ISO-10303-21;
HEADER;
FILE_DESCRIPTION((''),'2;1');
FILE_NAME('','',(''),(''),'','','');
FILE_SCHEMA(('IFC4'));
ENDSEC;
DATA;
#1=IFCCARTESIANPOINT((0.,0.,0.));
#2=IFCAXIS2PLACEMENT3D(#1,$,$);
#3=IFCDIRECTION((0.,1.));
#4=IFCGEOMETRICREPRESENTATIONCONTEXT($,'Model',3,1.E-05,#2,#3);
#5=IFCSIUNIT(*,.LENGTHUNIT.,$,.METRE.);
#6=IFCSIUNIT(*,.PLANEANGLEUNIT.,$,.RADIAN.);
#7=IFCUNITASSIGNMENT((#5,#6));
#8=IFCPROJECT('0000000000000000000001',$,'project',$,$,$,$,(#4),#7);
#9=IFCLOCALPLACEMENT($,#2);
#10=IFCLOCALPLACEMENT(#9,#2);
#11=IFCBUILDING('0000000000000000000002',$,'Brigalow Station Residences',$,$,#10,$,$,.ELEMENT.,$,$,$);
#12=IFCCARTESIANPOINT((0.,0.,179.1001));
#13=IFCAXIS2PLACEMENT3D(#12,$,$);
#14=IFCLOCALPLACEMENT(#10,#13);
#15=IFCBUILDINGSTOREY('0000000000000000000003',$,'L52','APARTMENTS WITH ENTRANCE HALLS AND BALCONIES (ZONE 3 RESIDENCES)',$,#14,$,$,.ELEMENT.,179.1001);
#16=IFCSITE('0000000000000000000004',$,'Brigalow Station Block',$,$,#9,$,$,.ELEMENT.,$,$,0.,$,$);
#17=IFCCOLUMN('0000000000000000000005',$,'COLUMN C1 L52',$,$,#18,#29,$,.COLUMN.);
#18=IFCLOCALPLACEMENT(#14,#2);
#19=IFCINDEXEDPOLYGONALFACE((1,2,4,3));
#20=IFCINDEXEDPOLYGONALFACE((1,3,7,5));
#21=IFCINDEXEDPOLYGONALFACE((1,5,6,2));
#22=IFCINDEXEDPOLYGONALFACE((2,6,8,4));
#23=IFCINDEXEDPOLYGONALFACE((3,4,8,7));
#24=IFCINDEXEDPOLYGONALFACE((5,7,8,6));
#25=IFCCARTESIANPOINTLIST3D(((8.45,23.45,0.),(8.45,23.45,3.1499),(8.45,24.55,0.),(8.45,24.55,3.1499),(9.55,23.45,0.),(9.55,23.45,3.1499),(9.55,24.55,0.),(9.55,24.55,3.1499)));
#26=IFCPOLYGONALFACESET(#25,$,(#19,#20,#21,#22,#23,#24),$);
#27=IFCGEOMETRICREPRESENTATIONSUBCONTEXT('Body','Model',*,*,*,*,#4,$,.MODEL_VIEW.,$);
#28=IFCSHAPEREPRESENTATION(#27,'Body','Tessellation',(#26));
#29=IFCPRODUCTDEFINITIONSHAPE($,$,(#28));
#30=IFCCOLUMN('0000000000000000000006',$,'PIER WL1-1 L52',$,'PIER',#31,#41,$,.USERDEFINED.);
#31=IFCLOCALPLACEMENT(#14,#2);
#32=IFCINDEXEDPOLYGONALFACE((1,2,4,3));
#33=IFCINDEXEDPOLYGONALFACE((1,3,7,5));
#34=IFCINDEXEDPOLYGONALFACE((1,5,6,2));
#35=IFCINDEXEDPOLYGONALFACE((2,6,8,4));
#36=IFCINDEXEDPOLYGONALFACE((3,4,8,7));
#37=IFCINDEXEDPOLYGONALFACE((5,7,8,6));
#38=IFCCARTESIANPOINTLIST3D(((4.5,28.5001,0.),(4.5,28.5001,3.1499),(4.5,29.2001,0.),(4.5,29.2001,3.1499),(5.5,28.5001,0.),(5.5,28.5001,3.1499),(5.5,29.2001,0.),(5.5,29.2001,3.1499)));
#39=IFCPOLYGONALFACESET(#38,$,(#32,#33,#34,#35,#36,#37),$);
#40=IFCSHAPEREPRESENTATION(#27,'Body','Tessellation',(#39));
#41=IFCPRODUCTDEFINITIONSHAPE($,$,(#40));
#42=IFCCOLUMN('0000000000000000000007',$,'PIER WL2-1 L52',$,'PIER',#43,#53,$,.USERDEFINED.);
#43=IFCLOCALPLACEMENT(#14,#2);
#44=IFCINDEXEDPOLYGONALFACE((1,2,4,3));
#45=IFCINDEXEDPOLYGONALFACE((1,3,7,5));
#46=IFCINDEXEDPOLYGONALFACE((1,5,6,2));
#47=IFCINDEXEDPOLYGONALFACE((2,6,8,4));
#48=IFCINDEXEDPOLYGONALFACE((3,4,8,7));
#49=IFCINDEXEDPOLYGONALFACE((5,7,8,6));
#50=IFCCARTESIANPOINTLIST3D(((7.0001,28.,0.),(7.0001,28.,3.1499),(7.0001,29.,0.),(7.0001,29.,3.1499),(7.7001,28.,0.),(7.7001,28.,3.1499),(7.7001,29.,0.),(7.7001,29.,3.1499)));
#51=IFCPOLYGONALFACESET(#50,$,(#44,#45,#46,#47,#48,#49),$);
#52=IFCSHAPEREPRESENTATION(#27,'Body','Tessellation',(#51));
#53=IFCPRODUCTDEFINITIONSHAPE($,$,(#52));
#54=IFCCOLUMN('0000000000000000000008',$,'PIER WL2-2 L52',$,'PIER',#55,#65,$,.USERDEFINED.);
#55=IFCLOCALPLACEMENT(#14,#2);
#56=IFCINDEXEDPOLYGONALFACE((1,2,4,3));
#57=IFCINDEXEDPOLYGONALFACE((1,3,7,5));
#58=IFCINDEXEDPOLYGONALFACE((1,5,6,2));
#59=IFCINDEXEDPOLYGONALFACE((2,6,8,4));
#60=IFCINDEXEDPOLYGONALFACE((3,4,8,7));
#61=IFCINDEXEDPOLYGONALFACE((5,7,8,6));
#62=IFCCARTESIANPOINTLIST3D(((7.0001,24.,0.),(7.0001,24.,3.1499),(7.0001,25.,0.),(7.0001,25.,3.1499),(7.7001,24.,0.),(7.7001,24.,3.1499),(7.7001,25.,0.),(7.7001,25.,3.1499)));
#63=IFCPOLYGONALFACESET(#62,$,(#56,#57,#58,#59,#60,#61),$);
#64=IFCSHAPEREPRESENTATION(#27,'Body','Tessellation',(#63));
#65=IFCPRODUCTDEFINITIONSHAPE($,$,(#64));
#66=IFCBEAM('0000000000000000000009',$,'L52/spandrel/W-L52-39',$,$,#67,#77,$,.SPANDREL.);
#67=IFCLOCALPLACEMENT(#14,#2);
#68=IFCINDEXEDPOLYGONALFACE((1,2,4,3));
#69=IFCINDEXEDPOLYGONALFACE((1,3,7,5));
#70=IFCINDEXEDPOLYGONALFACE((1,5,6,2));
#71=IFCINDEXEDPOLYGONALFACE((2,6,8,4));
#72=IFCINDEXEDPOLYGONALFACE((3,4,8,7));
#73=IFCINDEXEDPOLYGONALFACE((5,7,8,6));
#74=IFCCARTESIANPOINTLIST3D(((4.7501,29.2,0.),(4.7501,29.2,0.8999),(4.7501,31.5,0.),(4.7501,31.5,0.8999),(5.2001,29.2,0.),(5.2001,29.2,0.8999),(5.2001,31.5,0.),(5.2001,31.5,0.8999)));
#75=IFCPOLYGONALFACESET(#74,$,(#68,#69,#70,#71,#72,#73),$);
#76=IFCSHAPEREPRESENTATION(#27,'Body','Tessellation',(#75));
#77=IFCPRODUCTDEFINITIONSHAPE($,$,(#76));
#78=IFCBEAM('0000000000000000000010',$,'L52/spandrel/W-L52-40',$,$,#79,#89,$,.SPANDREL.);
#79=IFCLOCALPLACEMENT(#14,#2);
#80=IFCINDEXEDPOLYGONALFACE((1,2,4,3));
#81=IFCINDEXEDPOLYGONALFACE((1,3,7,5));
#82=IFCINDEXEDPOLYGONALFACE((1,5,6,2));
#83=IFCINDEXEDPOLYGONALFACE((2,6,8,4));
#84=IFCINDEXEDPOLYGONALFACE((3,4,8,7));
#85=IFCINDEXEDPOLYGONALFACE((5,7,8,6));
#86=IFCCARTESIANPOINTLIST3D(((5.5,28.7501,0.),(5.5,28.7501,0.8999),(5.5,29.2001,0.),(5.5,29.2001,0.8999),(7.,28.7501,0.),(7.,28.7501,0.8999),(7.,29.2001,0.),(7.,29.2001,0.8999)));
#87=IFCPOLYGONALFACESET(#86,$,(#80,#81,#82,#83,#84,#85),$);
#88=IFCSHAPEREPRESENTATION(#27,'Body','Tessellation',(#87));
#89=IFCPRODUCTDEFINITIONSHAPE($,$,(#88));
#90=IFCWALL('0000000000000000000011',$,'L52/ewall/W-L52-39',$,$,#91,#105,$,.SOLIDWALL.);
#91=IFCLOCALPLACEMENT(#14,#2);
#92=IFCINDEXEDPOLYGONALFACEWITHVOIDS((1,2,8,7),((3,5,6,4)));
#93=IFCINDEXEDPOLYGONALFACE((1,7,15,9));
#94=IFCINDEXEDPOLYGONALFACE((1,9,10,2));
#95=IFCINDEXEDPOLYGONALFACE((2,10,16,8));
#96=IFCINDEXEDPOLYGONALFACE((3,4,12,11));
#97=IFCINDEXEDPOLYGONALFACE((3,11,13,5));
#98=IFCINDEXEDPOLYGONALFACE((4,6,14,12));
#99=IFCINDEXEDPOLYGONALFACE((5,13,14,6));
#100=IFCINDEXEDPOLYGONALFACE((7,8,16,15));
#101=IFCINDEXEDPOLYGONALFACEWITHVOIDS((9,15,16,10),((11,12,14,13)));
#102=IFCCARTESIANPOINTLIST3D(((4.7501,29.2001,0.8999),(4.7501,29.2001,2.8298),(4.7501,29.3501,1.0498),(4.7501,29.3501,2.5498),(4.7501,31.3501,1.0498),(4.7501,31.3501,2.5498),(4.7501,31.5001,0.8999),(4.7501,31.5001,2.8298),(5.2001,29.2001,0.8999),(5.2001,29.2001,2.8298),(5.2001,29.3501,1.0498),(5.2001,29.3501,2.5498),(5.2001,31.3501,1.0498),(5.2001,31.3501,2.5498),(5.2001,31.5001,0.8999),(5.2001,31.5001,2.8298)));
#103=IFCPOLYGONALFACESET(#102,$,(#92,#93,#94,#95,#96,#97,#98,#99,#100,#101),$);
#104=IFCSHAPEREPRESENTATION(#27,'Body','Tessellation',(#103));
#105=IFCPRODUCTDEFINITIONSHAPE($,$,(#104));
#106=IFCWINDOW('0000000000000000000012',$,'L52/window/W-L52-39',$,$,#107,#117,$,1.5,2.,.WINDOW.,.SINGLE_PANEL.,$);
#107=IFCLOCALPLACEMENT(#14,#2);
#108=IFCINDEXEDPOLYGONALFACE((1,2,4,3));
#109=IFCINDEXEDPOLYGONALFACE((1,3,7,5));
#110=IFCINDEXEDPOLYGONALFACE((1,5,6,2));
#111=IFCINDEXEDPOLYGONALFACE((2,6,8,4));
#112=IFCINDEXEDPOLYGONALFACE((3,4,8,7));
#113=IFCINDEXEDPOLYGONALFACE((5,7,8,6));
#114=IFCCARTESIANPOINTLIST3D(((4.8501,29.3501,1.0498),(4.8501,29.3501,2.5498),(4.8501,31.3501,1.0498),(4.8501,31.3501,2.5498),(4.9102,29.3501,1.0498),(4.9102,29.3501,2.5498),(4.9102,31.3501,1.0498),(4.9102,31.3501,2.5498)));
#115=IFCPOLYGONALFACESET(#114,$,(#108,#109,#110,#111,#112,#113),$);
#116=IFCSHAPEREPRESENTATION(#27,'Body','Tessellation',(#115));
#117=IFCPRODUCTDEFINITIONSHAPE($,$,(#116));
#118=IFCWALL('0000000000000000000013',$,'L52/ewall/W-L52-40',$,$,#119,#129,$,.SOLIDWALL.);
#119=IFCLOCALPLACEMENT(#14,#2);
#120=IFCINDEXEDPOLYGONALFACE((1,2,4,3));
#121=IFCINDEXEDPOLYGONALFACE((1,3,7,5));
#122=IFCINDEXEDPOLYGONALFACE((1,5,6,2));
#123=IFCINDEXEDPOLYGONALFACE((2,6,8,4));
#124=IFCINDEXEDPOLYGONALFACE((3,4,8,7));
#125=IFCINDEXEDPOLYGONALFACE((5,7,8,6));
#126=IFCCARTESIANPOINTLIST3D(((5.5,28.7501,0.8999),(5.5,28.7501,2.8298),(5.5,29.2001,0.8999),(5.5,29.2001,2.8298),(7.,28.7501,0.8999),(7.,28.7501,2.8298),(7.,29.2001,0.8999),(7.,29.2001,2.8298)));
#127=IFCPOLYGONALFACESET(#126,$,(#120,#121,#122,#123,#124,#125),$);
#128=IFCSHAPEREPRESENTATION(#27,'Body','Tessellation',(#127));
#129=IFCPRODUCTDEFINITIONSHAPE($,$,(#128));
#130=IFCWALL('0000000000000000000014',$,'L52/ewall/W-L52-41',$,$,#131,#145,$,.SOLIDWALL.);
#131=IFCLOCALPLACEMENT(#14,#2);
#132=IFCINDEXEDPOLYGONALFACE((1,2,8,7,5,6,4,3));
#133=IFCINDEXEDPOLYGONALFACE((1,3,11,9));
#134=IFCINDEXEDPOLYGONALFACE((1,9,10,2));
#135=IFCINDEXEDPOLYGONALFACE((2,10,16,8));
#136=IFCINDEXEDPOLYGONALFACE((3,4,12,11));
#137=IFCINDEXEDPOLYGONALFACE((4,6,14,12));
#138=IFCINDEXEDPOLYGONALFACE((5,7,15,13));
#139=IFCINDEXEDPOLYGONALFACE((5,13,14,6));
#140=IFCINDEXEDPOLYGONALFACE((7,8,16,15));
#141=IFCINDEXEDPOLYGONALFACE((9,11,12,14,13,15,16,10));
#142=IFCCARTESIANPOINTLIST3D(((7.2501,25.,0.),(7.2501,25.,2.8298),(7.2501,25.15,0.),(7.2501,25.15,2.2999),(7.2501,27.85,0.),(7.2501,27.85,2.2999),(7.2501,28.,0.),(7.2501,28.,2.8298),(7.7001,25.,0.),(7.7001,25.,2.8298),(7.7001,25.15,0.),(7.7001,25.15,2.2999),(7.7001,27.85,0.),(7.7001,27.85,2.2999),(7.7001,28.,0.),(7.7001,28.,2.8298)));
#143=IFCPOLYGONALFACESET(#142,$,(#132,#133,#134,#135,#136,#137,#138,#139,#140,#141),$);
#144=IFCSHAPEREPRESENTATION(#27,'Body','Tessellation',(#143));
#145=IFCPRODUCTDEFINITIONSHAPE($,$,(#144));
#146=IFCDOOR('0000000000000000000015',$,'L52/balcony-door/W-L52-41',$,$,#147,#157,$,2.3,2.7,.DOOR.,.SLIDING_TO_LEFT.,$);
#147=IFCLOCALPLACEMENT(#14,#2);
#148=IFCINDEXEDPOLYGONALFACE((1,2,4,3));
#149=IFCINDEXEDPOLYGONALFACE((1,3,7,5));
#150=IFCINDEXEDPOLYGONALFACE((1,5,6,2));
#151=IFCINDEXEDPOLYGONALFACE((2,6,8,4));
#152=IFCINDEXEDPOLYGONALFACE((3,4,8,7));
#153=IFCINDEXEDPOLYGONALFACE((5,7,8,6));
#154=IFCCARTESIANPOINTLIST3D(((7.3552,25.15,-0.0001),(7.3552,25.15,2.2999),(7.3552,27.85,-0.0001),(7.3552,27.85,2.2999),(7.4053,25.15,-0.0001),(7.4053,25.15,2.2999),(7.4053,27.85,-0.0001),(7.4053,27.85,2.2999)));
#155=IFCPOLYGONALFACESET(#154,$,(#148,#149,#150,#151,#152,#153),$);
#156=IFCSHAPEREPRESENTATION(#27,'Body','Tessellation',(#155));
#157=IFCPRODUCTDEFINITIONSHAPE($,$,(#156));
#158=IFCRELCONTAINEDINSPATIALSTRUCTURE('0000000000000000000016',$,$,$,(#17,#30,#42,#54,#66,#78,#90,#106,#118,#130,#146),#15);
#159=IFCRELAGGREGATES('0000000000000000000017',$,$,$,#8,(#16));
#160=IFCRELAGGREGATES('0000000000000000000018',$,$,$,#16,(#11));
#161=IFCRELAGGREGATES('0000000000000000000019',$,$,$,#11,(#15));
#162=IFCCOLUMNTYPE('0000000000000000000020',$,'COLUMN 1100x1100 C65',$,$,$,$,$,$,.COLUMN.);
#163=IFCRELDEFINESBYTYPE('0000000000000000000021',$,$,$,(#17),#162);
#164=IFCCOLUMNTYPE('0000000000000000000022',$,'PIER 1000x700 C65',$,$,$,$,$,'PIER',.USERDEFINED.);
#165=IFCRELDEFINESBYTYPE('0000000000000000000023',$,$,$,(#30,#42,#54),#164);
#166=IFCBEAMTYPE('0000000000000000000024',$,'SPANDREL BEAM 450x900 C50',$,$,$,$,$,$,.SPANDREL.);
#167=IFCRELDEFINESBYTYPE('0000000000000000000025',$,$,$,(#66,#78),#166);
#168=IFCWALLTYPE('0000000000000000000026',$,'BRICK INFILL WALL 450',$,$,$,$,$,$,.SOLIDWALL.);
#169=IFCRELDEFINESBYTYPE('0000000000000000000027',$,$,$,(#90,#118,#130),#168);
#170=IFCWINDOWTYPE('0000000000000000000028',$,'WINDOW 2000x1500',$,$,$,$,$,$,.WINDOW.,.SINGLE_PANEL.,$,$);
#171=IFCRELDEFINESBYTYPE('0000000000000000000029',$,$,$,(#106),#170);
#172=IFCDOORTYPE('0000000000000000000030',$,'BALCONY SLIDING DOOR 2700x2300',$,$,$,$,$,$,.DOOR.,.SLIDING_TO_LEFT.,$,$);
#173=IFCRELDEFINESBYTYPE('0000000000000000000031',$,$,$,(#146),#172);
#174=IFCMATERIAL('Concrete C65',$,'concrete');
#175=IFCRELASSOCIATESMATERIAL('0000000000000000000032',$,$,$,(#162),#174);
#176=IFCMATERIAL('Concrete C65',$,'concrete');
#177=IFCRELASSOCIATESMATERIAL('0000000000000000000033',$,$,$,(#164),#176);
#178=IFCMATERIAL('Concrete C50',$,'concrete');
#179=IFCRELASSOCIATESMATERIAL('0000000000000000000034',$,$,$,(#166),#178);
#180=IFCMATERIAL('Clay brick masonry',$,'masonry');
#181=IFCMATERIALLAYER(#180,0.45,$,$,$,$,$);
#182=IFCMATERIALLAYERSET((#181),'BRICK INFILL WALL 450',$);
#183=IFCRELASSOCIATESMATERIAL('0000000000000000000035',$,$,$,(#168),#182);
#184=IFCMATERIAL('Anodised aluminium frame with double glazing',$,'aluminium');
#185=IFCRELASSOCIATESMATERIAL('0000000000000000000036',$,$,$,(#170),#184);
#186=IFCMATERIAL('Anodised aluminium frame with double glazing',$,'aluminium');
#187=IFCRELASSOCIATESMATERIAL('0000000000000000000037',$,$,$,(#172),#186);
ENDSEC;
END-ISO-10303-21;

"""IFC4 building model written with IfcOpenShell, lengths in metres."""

from ifc_helpers import new_model, si_unit, direction, frame, frame_2d, origin, origin_2d, place, context, subcontext, project, spatial, rectangle, extrude, material, layer, layer_set, material_profile, profile_set, type_object, element, fill, save


model = new_model("IFC4")

# Units and contexts
model_context = context("Model", 3, precision=1e-05, world=origin(), true_north=direction((0.0, 1.0)))
body_context = subcontext(model_context, "Body", "Model", "MODEL_VIEW")
ifc_project = project(units=[si_unit("LENGTHUNIT", "METRE"), si_unit("PLANEANGLEUNIT", "RADIAN")], contexts=[model_context])

# Site, building, storey
site_placement = place(None, origin())
site = spatial("IfcSite", under=ifc_project, at=site_placement, Name="Brigalow Station Block", CompositionType="ELEMENT", RefElevation=0.0)
building_placement = place(site_placement, origin())
building = spatial("IfcBuilding", under=site, at=building_placement, Name="Brigalow Station Residences", CompositionType="ELEMENT")
storey_placement = place(building_placement, frame((0.0, 0.0, 179.1001)))
storey = spatial("IfcBuildingStorey", under=building, at=storey_placement, Name="L52", Description="APARTMENTS WITH ENTRANCE HALLS AND BALCONIES (ZONE 3 RESIDENCES)", CompositionType="ELEMENT", Elevation=179.1001)

# Columns
ifc_material_1 = material(Name="Concrete C65", Category="concrete")
ifc_material_profile_1 = material_profile(ifc_material_1, rectangle(XDim=1.1001, YDim=1.1001, at=origin_2d()), Name="RC1100x1100")
ifc_profile_set_1 = profile_set([ifc_material_profile_1], Name="Concrete C65")
column_type_1 = type_object("IfcColumnType", Name="COLUMN 1100x1100 C65", PredefinedType="COLUMN", material=ifc_profile_set_1)
column_placement = place(storey_placement, frame((9.0, 24.0, 0.0), z_axis=(0.0, 0.0, 1.0), x_axis=(1.0, 0.0, 0.0)))
element("IfcColumn", 1, at=column_placement, inside=storey, type_object=column_type_1, Name="COLUMN C1 L52", PredefinedType="COLUMN", context=body_context, shape_type="SweptSolid", body=[
    extrude(rectangle(XDim=1.1001, YDim=1.1001, at=origin_2d()), origin(), (0.0, 0.0, 1.0), 3.1499),
])
ifc_material_2 = material(Name="Concrete C65", Category="concrete")
ifc_material_profile_2 = material_profile(ifc_material_2, rectangle(XDim=1.0, YDim=0.7, at=origin_2d()), Name="RC1000x700")
ifc_profile_set_2 = profile_set([ifc_material_profile_2], Name="Concrete C65")
column_type_2 = type_object("IfcColumnType", Name="PIER 1000x700 C65", ElementType="PIER", PredefinedType="USERDEFINED", material=ifc_profile_set_2)
for number, where, z_axis, x_axis, name in (
    (2, (5.0, 28.8501, 0.0), (0.0, 0.0, 1.0), (1.0, 0.0, 0.0), "PIER WL1-1 L52"),
    (3, (7.3501, 28.5, 0.0), (0.0, 0.0, 1.0), (0.0, -1.0, 0.0), "PIER WL2-1 L52"),
    (4, (7.3501, 24.5, 0.0), (0.0, 0.0, 1.0), (0.0, -1.0, 0.0), "PIER WL2-2 L52"),
):
    element("IfcColumn", number, at=place(storey_placement, frame(where, z_axis=z_axis, x_axis=x_axis)), inside=storey, type_object=column_type_2, Name=name, ObjectType="PIER", PredefinedType="USERDEFINED", context=body_context, shape_type="SweptSolid", body=[
        extrude(rectangle(XDim=1.0, YDim=0.7, at=origin_2d()), origin(), (0.0, 0.0, 1.0), 3.1499),
    ])

# Beams
ifc_material_3 = material(Name="Concrete C50", Category="concrete")
ifc_material_profile_3 = material_profile(ifc_material_3, rectangle(XDim=0.45, YDim=0.8999, at=origin_2d()), Name="RC450x900")
ifc_profile_set_3 = profile_set([ifc_material_profile_3], Name="Concrete C50")
beam_type = type_object("IfcBeamType", Name="SPANDREL BEAM 450x900 C50", PredefinedType="SPANDREL", material=ifc_profile_set_3)
beam_1_placement = place(storey_placement, frame((4.9751, 31.5, 0.45), z_axis=(0.0, -1.0, 0.0), x_axis=(1.0, 0.0, 0.0)))
element("IfcBeam", 5, at=beam_1_placement, inside=storey, type_object=beam_type, Name="L52/spandrel/W-L52-39", PredefinedType="SPANDREL", context=body_context, shape_type="SweptSolid", body=[
    extrude(rectangle(XDim=0.45, YDim=0.8999, at=origin_2d()), origin(), (0.0, 0.0, 1.0), 2.3),
])
beam_2_placement = place(storey_placement, frame((5.5, 28.9751, 0.45), z_axis=(1.0, 0.0, 0.0), x_axis=(0.0, 1.0, 0.0)))
element("IfcBeam", 6, at=beam_2_placement, inside=storey, type_object=beam_type, Name="L52/spandrel/W-L52-40", PredefinedType="SPANDREL", context=body_context, shape_type="SweptSolid", body=[
    extrude(rectangle(XDim=0.45, YDim=0.8999, at=origin_2d()), origin(), (0.0, 0.0, 1.0), 1.5),
])

# Wall, opening, window
ifc_material_4 = material(Name="Clay brick masonry", Category="masonry")
ifc_layer_1 = layer(ifc_material_4, 0.45)
ifc_layer_set_1 = layer_set([ifc_layer_1], Name="BRICK INFILL WALL 450")
wall_type_1 = type_object("IfcWallType", Name="BRICK INFILL WALL 450", PredefinedType="SOLIDWALL", material=ifc_layer_set_1)
wall_1_placement = place(storey_placement, frame((4.9751, 31.5, 0.8999), z_axis=(0.0, 0.0, 1.0), x_axis=(0.0, -1.0, 0.0)))
wall_1 = element("IfcWall", 7, at=wall_1_placement, inside=storey, type_object=wall_type_1, Name="L52/ewall/W-L52-39", PredefinedType="SOLIDWALL", context=body_context, shape_type="SweptSolid", body=[
    extrude(rectangle(XDim=2.3, YDim=0.45, at=frame_2d((1.1499, 0.0))), origin(), (0.0, 0.0, 1.0), 1.9299),
])
opening_1_placement = place(wall_1_placement, frame((0.1499, 0.0, 0.1499)))
opening_1 = element("IfcOpeningElement", 8, at=opening_1_placement, cuts=wall_1, PredefinedType="OPENING", context=body_context, shape_type="SweptSolid", body=[
    extrude(rectangle(XDim=2.0, YDim=1.5, at=frame_2d((1.0, 0.75))), frame((0.0, 0.2349, 0.0), z_axis=(0.0, -1.0, 0.0), x_axis=(1.0, 0.0, 0.0)), (0.0, 0.0, 1.0), 0.47),
])
ifc_material_5 = material(Name="Anodised aluminium frame with double glazing", Category="aluminium")
window_type = type_object("IfcWindowType", Name="WINDOW 2000x1500", PartitioningType="SINGLE_PANEL", PredefinedType="WINDOW", material=ifc_material_5)
window_placement = place(opening_1_placement, origin())
window = element("IfcWindow", 9, at=window_placement, inside=storey, type_object=window_type, Name="L52/window/W-L52-39", OverallHeight=1.5, OverallWidth=2.0, PartitioningType="SINGLE_PANEL", PredefinedType="WINDOW", context=body_context, shape_type="SweptSolid", body=[
    extrude(rectangle(XDim=2.0, YDim=1.5, at=frame_2d((1.0, 0.75))), frame((0.0, -0.0649, 0.0), z_axis=(0.0, -1.0, 0.0), x_axis=(1.0, 0.0, 0.0)), (0.0, 0.0, 1.0), 0.0601),
])
fill(opening_1, window)

# Wall
wall_2_placement = place(storey_placement, frame((5.5, 28.9751, 0.8999), z_axis=(0.0, 0.0, 1.0), x_axis=(1.0, 0.0, 0.0)))
element("IfcWall", 10, at=wall_2_placement, inside=storey, type_object=wall_type_1, Name="L52/ewall/W-L52-40", PredefinedType="SOLIDWALL", context=body_context, shape_type="SweptSolid", body=[
    extrude(rectangle(XDim=1.5, YDim=0.45, at=frame_2d((0.75, 0.0))), origin(), (0.0, 0.0, 1.0), 1.9299),
])

# Wall, opening, door
wall_3_placement = place(storey_placement, frame((7.4751, 28.0, 0.0), z_axis=(0.0, 0.0, 1.0), x_axis=(0.0, -1.0, 0.0)))
wall_3 = element("IfcWall", 11, at=wall_3_placement, inside=storey, type_object=wall_type_1, Name="L52/ewall/W-L52-41", PredefinedType="SOLIDWALL", context=body_context, shape_type="SweptSolid", body=[
    extrude(rectangle(XDim=3.0, YDim=0.45, at=frame_2d((1.5, 0.0))), origin(), (0.0, 0.0, 1.0), 2.8298),
])
opening_2_placement = place(wall_3_placement, frame((0.1499, 0.0, 0.0)))
opening_2 = element("IfcOpeningElement", 12, at=opening_2_placement, cuts=wall_3, PredefinedType="OPENING", context=body_context, shape_type="SweptSolid", body=[
    extrude(rectangle(XDim=2.7, YDim=2.3, at=frame_2d((1.3501, 1.1499))), frame((0.0, 0.2349, 0.0), z_axis=(0.0, -1.0, 0.0), x_axis=(1.0, 0.0, 0.0)), (0.0, 0.0, 1.0), 0.47),
])
ifc_material_6 = material(Name="Anodised aluminium frame with double glazing", Category="aluminium")
door_type_1 = type_object("IfcDoorType", Name="BALCONY SLIDING DOOR 2700x2300", OperationType="SLIDING_TO_LEFT", PredefinedType="DOOR", material=ifc_material_6)
door_1_placement = place(opening_2_placement, origin())
door_1 = element("IfcDoor", 13, at=door_1_placement, inside=storey, type_object=door_type_1, Name="L52/balcony-door/W-L52-41", OperationType="SLIDING_TO_LEFT", OverallHeight=2.3, OverallWidth=2.7, PredefinedType="DOOR", context=body_context, shape_type="SweptSolid", body=[
    extrude(rectangle(XDim=2.7, YDim=2.3, at=frame_2d((1.3501, 1.1499))), frame((0.0, -0.0698, 0.0), z_axis=(0.0, -1.0, 0.0), x_axis=(1.0, 0.0, 0.0)), (0.0, 0.0, 1.0), 0.05),
])
fill(opening_2, door_1)

save(model, "model.ifc")
